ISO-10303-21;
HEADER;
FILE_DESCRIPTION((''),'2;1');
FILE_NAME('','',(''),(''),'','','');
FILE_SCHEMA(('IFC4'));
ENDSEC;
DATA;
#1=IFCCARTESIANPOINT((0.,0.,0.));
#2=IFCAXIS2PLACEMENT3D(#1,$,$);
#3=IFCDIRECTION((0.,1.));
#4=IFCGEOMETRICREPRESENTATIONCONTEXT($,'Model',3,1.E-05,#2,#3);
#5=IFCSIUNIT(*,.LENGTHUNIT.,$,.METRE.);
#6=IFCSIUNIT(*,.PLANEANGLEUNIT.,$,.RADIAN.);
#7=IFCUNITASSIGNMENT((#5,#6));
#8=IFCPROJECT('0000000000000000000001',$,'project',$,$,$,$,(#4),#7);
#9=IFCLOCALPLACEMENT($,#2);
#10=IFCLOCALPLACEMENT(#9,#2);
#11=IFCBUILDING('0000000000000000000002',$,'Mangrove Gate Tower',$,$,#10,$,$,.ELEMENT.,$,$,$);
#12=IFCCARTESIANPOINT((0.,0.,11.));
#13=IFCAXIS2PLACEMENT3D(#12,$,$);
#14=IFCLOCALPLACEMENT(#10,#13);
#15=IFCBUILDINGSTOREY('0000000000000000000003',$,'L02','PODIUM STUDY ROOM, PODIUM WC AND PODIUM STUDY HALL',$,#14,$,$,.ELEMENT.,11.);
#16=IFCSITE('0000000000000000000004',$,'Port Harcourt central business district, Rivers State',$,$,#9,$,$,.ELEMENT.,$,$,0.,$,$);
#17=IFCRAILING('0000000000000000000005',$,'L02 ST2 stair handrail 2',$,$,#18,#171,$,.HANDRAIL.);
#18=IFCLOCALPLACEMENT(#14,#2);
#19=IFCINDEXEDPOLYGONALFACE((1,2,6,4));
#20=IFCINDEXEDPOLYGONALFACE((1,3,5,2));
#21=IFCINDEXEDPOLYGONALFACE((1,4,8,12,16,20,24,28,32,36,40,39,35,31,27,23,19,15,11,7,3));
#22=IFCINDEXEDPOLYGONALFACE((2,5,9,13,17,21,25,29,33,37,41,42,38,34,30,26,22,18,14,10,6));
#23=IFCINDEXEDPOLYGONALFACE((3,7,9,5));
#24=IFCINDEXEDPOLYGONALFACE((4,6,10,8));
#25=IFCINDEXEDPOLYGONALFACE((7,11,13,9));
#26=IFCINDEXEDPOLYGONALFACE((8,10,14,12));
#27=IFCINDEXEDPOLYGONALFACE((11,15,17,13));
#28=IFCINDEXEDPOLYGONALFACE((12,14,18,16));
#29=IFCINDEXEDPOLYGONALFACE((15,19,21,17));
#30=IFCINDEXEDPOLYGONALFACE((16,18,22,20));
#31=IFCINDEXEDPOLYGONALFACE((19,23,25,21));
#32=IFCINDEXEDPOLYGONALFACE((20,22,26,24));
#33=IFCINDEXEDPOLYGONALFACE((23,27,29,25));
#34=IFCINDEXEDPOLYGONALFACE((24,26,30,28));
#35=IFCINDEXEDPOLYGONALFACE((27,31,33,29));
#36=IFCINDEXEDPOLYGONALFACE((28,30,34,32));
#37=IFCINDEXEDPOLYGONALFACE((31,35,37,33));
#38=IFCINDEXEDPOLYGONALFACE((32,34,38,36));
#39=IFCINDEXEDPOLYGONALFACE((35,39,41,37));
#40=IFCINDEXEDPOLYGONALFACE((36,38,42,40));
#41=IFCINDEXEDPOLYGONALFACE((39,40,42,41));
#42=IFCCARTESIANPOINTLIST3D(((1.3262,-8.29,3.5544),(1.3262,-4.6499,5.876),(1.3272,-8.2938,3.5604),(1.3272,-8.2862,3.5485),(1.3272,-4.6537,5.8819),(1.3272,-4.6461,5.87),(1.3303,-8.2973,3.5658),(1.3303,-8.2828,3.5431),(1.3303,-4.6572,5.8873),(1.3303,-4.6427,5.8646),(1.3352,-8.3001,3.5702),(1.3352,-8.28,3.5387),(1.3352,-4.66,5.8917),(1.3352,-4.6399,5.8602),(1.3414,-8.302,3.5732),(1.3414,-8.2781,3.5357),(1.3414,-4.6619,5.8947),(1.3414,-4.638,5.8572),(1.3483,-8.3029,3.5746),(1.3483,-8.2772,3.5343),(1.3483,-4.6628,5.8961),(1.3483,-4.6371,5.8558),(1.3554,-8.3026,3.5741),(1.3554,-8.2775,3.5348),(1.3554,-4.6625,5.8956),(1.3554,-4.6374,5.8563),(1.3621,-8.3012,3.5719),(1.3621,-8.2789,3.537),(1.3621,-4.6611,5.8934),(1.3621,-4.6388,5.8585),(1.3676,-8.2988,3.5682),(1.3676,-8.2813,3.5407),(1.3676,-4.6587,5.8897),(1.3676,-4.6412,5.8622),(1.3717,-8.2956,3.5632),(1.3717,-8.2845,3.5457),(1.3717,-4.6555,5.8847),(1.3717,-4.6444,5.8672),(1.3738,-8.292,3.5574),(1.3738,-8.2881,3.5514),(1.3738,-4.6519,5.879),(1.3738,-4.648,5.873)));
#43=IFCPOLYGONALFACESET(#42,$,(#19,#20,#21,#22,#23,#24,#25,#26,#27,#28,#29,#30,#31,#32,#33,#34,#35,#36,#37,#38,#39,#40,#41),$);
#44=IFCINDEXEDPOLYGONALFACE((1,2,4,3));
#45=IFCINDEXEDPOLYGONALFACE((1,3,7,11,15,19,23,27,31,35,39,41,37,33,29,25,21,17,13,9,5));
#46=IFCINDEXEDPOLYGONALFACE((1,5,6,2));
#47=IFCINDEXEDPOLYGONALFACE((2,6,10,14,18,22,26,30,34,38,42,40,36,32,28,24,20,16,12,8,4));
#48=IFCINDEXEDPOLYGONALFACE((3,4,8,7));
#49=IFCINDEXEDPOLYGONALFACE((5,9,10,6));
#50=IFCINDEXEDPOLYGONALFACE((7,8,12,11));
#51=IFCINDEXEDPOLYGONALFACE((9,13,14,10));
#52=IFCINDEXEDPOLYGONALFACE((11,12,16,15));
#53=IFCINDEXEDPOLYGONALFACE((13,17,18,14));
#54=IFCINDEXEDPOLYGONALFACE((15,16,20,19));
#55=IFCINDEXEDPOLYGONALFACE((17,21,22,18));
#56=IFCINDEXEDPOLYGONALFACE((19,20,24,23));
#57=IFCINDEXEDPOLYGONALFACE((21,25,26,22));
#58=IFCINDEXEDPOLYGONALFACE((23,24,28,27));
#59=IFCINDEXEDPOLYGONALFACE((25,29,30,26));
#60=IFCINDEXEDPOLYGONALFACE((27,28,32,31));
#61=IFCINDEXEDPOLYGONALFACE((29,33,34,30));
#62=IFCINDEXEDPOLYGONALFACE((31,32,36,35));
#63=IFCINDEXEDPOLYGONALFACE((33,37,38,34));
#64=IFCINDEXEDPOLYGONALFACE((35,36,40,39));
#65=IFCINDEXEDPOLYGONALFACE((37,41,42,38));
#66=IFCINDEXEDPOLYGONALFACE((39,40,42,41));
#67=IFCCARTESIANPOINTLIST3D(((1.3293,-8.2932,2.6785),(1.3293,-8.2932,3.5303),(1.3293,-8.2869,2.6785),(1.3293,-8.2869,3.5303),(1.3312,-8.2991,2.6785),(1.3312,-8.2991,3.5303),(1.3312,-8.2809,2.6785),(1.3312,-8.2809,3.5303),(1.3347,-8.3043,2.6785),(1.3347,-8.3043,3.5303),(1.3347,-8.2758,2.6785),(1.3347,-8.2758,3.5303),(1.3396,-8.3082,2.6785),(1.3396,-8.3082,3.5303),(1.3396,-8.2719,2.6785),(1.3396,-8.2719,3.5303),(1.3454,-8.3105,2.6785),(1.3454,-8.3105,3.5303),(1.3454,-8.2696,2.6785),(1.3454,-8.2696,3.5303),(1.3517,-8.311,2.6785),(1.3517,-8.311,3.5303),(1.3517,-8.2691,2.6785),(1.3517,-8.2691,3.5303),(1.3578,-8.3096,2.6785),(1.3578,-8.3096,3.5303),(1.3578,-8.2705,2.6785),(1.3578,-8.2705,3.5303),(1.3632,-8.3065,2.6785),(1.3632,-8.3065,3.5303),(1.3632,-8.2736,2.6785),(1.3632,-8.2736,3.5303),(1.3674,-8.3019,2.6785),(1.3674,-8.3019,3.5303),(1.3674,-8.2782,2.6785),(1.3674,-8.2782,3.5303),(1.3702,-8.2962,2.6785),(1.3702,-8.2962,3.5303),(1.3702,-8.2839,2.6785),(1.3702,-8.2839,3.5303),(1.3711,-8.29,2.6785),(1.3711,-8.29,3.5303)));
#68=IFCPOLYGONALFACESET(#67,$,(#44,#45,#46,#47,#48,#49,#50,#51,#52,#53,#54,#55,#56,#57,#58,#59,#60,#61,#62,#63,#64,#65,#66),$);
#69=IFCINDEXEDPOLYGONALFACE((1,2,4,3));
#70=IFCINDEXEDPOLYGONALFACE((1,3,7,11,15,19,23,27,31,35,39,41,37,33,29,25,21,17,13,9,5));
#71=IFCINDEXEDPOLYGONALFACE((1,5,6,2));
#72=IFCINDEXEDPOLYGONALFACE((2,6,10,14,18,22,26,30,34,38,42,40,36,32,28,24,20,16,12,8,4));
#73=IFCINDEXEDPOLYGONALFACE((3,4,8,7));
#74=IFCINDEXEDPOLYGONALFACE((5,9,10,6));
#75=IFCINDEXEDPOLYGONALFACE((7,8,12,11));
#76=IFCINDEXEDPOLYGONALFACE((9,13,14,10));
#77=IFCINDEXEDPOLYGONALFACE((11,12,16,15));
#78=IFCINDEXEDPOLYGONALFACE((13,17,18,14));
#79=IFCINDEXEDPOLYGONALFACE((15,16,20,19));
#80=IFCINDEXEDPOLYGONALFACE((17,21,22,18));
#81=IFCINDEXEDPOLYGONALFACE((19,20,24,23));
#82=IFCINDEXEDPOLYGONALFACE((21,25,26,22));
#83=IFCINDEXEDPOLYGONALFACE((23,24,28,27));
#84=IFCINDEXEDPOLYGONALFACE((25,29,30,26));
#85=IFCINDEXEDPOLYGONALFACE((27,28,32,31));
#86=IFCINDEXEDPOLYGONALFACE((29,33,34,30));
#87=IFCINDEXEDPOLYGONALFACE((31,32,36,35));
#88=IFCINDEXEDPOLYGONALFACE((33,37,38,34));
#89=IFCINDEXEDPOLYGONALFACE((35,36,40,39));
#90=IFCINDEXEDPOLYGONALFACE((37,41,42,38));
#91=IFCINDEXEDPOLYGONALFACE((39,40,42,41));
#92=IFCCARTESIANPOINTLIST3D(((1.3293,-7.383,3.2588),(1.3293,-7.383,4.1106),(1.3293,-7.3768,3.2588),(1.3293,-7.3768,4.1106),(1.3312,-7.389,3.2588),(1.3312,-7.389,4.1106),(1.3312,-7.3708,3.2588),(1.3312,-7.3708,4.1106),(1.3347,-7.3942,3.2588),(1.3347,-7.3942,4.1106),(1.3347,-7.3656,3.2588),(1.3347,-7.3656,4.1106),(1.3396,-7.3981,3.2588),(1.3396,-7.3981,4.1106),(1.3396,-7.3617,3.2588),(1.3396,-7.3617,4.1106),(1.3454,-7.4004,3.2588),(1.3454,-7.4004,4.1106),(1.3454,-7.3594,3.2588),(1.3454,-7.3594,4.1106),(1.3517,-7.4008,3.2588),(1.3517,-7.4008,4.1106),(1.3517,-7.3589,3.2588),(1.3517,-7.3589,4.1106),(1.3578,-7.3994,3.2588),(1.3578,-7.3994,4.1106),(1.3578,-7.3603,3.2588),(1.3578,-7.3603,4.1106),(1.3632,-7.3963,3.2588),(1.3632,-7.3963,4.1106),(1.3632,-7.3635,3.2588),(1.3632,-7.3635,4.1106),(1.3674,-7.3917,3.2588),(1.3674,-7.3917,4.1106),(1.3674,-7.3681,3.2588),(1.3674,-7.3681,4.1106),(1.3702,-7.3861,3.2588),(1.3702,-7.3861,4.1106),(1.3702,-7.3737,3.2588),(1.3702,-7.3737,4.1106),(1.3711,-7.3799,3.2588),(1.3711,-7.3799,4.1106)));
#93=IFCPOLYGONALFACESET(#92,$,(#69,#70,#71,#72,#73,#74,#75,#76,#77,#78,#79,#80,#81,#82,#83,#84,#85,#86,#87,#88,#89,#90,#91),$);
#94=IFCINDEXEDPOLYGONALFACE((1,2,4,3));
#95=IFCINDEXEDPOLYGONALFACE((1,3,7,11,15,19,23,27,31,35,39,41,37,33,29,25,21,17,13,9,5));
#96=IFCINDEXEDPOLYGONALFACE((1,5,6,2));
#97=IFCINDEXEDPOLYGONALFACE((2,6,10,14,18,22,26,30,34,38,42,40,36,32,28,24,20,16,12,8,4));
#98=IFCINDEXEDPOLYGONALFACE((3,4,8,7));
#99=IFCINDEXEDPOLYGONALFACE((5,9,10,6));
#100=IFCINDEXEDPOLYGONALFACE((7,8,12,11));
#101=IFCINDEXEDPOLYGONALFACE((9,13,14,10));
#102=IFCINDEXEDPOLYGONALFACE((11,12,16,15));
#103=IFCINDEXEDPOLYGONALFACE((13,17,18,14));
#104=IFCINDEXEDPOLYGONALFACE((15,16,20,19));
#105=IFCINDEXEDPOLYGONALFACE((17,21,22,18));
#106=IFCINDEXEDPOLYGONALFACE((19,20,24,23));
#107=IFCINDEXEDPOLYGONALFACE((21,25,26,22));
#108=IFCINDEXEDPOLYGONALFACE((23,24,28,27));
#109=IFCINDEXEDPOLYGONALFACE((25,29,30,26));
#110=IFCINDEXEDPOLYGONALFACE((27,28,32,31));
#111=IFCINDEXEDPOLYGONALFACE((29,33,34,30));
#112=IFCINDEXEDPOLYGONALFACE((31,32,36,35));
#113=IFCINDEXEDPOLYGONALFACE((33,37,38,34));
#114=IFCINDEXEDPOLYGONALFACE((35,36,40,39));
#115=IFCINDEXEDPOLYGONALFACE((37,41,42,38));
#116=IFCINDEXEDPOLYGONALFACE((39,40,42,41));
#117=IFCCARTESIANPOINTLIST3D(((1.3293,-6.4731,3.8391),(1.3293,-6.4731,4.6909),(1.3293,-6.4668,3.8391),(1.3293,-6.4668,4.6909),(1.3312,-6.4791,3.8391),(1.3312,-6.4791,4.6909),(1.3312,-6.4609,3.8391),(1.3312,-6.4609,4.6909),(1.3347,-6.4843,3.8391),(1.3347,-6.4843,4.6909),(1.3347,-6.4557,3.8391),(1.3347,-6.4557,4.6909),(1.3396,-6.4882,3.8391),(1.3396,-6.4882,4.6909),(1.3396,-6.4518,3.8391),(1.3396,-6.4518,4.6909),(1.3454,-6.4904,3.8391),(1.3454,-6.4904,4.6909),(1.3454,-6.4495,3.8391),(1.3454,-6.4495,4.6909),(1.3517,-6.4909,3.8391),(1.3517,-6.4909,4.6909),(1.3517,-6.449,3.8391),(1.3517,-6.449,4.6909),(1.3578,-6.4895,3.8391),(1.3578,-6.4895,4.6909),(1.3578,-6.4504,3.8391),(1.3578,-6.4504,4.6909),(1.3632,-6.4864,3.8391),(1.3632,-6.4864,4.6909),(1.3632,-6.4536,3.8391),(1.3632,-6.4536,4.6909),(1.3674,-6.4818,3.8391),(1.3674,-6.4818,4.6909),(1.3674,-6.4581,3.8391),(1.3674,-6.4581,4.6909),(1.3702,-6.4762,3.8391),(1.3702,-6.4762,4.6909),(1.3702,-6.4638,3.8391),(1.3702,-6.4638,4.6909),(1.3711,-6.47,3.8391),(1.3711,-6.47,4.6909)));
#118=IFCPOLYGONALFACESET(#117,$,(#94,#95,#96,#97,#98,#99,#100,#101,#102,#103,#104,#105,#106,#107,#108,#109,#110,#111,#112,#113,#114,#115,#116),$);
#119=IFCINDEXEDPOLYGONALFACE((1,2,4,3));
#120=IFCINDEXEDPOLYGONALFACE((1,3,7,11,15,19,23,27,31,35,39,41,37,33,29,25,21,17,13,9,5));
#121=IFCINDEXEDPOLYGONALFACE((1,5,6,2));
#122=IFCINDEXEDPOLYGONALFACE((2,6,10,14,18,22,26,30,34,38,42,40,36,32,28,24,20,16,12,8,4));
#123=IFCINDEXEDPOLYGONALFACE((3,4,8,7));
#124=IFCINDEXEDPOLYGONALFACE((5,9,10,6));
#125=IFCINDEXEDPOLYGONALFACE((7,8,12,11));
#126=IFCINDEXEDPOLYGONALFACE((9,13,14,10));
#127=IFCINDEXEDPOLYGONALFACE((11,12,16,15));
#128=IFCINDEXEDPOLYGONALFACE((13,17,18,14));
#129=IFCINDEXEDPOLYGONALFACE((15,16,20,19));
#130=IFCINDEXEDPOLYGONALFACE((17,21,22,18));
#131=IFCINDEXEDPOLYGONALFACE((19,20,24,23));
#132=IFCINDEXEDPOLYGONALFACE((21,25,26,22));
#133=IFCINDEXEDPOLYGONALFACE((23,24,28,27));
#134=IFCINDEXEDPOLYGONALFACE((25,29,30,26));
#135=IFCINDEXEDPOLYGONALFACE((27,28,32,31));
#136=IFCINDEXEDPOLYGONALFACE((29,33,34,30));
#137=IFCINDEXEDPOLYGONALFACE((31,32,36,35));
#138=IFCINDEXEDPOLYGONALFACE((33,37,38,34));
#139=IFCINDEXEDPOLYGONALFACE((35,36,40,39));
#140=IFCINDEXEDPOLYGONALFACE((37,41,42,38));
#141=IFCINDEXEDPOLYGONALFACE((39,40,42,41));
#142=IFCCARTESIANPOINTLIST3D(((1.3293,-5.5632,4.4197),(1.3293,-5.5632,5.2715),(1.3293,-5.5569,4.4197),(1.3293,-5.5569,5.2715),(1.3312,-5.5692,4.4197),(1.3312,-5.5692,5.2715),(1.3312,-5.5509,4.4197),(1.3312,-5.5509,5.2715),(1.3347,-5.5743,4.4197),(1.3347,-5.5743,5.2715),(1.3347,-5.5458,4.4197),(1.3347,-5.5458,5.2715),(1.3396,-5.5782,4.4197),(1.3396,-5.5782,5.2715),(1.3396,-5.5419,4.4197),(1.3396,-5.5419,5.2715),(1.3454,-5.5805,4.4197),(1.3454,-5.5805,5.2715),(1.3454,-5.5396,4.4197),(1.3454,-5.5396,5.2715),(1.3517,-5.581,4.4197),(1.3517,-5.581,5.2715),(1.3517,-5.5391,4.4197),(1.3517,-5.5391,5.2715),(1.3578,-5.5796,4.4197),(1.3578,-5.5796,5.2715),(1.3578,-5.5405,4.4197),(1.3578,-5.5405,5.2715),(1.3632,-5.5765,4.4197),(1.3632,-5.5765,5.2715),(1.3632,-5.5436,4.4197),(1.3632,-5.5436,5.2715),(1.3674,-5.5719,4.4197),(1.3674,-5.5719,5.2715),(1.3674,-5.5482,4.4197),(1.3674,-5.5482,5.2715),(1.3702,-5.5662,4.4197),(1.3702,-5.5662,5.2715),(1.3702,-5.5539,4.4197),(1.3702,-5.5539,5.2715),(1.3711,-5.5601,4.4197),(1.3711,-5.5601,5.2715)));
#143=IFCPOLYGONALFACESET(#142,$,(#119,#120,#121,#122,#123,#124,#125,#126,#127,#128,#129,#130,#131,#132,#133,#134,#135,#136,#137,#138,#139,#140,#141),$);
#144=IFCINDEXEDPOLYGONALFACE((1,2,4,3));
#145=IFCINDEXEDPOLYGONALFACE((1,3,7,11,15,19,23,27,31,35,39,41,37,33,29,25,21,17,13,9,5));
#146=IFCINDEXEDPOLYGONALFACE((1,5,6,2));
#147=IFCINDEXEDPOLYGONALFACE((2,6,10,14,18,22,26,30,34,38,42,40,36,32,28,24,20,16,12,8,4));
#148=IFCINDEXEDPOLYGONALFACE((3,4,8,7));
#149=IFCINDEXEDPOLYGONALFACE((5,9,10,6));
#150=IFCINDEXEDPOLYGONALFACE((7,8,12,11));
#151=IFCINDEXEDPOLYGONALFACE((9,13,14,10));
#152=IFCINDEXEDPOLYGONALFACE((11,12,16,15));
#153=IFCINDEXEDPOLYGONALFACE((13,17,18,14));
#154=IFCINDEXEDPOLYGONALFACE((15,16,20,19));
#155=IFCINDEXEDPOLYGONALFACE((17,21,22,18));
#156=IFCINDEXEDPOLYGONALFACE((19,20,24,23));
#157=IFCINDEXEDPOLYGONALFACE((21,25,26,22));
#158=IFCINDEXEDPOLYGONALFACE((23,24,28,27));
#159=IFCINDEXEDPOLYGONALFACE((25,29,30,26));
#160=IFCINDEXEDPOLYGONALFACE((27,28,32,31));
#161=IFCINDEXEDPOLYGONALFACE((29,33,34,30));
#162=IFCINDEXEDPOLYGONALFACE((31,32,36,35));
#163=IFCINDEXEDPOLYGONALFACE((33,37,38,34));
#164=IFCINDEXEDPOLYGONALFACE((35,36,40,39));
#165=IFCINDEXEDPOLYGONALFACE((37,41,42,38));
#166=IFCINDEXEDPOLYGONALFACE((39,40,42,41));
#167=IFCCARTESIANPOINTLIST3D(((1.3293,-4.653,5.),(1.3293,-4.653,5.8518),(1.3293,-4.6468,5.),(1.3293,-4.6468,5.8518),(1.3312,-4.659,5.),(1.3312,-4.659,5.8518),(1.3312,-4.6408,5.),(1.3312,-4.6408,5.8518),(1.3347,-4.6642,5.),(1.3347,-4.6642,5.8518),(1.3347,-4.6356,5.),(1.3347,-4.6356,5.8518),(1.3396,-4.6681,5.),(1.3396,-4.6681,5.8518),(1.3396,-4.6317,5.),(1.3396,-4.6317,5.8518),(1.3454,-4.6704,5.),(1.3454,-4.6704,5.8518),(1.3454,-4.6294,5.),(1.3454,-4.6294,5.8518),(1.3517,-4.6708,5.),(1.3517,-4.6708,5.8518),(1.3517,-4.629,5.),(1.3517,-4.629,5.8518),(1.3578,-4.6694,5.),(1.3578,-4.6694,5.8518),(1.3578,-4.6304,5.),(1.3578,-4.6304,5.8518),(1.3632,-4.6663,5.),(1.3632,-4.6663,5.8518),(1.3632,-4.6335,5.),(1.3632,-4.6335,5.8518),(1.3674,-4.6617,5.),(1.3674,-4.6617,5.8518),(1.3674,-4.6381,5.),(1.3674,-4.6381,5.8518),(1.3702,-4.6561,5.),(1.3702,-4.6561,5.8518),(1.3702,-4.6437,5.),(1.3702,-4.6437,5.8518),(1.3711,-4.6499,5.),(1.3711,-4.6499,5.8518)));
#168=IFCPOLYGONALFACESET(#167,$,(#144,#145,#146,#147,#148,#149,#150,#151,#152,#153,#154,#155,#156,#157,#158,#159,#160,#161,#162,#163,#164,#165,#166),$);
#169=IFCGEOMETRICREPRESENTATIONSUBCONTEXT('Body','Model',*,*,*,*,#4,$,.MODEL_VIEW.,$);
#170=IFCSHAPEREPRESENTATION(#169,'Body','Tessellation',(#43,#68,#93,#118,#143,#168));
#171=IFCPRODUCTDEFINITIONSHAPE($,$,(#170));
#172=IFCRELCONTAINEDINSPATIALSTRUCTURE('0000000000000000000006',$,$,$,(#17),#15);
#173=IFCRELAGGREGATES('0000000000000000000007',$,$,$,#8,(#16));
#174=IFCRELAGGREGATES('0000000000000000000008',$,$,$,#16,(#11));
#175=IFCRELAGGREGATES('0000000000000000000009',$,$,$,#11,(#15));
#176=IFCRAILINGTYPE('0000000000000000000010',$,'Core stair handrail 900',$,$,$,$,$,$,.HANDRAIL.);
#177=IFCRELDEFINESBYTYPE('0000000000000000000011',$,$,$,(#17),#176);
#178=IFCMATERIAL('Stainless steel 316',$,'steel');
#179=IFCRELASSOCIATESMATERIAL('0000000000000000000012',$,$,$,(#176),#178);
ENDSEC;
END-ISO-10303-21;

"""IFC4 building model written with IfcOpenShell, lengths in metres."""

from ifc_helpers import new_model, si_unit, direction, frame, origin, origin_2d, place, context, subcontext, project, spatial, circle, extrude, material, type_object, element, save


model = new_model("IFC4")

# Units and contexts
model_context = context("Model", 3, precision=1e-05, world=origin(), true_north=direction((0.0, 1.0)))
body_context = subcontext(model_context, "Body", "Model", "MODEL_VIEW")
ifc_project = project(units=[si_unit("LENGTHUNIT", "METRE"), si_unit("PLANEANGLEUNIT", "RADIAN")], contexts=[model_context])

# Site, building, storey
site_placement = place(None, origin())
site = spatial("IfcSite", under=ifc_project, at=site_placement, Name="Port Harcourt central business district, Rivers State", CompositionType="ELEMENT", RefElevation=0.0)
building_placement = place(site_placement, origin())
building = spatial("IfcBuilding", under=site, at=building_placement, Name="Mangrove Gate Tower", CompositionType="ELEMENT")
storey_placement = place(building_placement, frame((0.0, 0.0, 11.0)))
storey = spatial("IfcBuildingStorey", under=building, at=storey_placement, Name="L02", Description="PODIUM STUDY ROOM, PODIUM WC AND PODIUM STUDY HALL", CompositionType="ELEMENT", Elevation=11.0)

# Railing
ifc_material_1 = material(Name="Stainless steel 316", Category="steel")
railing_type_1 = type_object("IfcRailingType", Name="Core stair handrail 900", PredefinedType="HANDRAIL", material=ifc_material_1)
for number, where, name in (
    (1, (1.3501, -8.29, 2.6785), "L02 ST2 stair handrail 2"),
):
    element("IfcRailing", number, at=place(storey_placement, frame(where)), inside=storey, type_object=railing_type_1, Name=name, PredefinedType="HANDRAIL", context=body_context, shape_type="SweptSolid", body=[
        extrude(circle(Radius=0.0239, at=origin_2d()), frame((0.0, 0.0, 0.876), z_axis=(0.0, 0.843128, 0.537713), x_axis=(-1.0, 0.0, 0.0)), (0.0, 0.0, 1.0), 4.3174),
        extrude(circle(Radius=0.021, at=origin_2d()), origin(), (0.0, 0.0, 1.0), 0.8518),
        extrude(circle(Radius=0.021, at=origin_2d()), frame((0.0, 0.9102, 0.5803)), (0.0, 0.0, 1.0), 0.8518),
        extrude(circle(Radius=0.021, at=origin_2d()), frame((0.0, 1.8201, 1.1606)), (0.0, 0.0, 1.0), 0.8518),
        extrude(circle(Radius=0.021, at=origin_2d()), frame((0.0, 2.73, 1.7412)), (0.0, 0.0, 1.0), 0.8518),
        extrude(circle(Radius=0.021, at=origin_2d()), frame((0.0, 3.6401, 2.3215)), (0.0, 0.0, 1.0), 0.8518),
    ])

save(model, "model.ifc")
